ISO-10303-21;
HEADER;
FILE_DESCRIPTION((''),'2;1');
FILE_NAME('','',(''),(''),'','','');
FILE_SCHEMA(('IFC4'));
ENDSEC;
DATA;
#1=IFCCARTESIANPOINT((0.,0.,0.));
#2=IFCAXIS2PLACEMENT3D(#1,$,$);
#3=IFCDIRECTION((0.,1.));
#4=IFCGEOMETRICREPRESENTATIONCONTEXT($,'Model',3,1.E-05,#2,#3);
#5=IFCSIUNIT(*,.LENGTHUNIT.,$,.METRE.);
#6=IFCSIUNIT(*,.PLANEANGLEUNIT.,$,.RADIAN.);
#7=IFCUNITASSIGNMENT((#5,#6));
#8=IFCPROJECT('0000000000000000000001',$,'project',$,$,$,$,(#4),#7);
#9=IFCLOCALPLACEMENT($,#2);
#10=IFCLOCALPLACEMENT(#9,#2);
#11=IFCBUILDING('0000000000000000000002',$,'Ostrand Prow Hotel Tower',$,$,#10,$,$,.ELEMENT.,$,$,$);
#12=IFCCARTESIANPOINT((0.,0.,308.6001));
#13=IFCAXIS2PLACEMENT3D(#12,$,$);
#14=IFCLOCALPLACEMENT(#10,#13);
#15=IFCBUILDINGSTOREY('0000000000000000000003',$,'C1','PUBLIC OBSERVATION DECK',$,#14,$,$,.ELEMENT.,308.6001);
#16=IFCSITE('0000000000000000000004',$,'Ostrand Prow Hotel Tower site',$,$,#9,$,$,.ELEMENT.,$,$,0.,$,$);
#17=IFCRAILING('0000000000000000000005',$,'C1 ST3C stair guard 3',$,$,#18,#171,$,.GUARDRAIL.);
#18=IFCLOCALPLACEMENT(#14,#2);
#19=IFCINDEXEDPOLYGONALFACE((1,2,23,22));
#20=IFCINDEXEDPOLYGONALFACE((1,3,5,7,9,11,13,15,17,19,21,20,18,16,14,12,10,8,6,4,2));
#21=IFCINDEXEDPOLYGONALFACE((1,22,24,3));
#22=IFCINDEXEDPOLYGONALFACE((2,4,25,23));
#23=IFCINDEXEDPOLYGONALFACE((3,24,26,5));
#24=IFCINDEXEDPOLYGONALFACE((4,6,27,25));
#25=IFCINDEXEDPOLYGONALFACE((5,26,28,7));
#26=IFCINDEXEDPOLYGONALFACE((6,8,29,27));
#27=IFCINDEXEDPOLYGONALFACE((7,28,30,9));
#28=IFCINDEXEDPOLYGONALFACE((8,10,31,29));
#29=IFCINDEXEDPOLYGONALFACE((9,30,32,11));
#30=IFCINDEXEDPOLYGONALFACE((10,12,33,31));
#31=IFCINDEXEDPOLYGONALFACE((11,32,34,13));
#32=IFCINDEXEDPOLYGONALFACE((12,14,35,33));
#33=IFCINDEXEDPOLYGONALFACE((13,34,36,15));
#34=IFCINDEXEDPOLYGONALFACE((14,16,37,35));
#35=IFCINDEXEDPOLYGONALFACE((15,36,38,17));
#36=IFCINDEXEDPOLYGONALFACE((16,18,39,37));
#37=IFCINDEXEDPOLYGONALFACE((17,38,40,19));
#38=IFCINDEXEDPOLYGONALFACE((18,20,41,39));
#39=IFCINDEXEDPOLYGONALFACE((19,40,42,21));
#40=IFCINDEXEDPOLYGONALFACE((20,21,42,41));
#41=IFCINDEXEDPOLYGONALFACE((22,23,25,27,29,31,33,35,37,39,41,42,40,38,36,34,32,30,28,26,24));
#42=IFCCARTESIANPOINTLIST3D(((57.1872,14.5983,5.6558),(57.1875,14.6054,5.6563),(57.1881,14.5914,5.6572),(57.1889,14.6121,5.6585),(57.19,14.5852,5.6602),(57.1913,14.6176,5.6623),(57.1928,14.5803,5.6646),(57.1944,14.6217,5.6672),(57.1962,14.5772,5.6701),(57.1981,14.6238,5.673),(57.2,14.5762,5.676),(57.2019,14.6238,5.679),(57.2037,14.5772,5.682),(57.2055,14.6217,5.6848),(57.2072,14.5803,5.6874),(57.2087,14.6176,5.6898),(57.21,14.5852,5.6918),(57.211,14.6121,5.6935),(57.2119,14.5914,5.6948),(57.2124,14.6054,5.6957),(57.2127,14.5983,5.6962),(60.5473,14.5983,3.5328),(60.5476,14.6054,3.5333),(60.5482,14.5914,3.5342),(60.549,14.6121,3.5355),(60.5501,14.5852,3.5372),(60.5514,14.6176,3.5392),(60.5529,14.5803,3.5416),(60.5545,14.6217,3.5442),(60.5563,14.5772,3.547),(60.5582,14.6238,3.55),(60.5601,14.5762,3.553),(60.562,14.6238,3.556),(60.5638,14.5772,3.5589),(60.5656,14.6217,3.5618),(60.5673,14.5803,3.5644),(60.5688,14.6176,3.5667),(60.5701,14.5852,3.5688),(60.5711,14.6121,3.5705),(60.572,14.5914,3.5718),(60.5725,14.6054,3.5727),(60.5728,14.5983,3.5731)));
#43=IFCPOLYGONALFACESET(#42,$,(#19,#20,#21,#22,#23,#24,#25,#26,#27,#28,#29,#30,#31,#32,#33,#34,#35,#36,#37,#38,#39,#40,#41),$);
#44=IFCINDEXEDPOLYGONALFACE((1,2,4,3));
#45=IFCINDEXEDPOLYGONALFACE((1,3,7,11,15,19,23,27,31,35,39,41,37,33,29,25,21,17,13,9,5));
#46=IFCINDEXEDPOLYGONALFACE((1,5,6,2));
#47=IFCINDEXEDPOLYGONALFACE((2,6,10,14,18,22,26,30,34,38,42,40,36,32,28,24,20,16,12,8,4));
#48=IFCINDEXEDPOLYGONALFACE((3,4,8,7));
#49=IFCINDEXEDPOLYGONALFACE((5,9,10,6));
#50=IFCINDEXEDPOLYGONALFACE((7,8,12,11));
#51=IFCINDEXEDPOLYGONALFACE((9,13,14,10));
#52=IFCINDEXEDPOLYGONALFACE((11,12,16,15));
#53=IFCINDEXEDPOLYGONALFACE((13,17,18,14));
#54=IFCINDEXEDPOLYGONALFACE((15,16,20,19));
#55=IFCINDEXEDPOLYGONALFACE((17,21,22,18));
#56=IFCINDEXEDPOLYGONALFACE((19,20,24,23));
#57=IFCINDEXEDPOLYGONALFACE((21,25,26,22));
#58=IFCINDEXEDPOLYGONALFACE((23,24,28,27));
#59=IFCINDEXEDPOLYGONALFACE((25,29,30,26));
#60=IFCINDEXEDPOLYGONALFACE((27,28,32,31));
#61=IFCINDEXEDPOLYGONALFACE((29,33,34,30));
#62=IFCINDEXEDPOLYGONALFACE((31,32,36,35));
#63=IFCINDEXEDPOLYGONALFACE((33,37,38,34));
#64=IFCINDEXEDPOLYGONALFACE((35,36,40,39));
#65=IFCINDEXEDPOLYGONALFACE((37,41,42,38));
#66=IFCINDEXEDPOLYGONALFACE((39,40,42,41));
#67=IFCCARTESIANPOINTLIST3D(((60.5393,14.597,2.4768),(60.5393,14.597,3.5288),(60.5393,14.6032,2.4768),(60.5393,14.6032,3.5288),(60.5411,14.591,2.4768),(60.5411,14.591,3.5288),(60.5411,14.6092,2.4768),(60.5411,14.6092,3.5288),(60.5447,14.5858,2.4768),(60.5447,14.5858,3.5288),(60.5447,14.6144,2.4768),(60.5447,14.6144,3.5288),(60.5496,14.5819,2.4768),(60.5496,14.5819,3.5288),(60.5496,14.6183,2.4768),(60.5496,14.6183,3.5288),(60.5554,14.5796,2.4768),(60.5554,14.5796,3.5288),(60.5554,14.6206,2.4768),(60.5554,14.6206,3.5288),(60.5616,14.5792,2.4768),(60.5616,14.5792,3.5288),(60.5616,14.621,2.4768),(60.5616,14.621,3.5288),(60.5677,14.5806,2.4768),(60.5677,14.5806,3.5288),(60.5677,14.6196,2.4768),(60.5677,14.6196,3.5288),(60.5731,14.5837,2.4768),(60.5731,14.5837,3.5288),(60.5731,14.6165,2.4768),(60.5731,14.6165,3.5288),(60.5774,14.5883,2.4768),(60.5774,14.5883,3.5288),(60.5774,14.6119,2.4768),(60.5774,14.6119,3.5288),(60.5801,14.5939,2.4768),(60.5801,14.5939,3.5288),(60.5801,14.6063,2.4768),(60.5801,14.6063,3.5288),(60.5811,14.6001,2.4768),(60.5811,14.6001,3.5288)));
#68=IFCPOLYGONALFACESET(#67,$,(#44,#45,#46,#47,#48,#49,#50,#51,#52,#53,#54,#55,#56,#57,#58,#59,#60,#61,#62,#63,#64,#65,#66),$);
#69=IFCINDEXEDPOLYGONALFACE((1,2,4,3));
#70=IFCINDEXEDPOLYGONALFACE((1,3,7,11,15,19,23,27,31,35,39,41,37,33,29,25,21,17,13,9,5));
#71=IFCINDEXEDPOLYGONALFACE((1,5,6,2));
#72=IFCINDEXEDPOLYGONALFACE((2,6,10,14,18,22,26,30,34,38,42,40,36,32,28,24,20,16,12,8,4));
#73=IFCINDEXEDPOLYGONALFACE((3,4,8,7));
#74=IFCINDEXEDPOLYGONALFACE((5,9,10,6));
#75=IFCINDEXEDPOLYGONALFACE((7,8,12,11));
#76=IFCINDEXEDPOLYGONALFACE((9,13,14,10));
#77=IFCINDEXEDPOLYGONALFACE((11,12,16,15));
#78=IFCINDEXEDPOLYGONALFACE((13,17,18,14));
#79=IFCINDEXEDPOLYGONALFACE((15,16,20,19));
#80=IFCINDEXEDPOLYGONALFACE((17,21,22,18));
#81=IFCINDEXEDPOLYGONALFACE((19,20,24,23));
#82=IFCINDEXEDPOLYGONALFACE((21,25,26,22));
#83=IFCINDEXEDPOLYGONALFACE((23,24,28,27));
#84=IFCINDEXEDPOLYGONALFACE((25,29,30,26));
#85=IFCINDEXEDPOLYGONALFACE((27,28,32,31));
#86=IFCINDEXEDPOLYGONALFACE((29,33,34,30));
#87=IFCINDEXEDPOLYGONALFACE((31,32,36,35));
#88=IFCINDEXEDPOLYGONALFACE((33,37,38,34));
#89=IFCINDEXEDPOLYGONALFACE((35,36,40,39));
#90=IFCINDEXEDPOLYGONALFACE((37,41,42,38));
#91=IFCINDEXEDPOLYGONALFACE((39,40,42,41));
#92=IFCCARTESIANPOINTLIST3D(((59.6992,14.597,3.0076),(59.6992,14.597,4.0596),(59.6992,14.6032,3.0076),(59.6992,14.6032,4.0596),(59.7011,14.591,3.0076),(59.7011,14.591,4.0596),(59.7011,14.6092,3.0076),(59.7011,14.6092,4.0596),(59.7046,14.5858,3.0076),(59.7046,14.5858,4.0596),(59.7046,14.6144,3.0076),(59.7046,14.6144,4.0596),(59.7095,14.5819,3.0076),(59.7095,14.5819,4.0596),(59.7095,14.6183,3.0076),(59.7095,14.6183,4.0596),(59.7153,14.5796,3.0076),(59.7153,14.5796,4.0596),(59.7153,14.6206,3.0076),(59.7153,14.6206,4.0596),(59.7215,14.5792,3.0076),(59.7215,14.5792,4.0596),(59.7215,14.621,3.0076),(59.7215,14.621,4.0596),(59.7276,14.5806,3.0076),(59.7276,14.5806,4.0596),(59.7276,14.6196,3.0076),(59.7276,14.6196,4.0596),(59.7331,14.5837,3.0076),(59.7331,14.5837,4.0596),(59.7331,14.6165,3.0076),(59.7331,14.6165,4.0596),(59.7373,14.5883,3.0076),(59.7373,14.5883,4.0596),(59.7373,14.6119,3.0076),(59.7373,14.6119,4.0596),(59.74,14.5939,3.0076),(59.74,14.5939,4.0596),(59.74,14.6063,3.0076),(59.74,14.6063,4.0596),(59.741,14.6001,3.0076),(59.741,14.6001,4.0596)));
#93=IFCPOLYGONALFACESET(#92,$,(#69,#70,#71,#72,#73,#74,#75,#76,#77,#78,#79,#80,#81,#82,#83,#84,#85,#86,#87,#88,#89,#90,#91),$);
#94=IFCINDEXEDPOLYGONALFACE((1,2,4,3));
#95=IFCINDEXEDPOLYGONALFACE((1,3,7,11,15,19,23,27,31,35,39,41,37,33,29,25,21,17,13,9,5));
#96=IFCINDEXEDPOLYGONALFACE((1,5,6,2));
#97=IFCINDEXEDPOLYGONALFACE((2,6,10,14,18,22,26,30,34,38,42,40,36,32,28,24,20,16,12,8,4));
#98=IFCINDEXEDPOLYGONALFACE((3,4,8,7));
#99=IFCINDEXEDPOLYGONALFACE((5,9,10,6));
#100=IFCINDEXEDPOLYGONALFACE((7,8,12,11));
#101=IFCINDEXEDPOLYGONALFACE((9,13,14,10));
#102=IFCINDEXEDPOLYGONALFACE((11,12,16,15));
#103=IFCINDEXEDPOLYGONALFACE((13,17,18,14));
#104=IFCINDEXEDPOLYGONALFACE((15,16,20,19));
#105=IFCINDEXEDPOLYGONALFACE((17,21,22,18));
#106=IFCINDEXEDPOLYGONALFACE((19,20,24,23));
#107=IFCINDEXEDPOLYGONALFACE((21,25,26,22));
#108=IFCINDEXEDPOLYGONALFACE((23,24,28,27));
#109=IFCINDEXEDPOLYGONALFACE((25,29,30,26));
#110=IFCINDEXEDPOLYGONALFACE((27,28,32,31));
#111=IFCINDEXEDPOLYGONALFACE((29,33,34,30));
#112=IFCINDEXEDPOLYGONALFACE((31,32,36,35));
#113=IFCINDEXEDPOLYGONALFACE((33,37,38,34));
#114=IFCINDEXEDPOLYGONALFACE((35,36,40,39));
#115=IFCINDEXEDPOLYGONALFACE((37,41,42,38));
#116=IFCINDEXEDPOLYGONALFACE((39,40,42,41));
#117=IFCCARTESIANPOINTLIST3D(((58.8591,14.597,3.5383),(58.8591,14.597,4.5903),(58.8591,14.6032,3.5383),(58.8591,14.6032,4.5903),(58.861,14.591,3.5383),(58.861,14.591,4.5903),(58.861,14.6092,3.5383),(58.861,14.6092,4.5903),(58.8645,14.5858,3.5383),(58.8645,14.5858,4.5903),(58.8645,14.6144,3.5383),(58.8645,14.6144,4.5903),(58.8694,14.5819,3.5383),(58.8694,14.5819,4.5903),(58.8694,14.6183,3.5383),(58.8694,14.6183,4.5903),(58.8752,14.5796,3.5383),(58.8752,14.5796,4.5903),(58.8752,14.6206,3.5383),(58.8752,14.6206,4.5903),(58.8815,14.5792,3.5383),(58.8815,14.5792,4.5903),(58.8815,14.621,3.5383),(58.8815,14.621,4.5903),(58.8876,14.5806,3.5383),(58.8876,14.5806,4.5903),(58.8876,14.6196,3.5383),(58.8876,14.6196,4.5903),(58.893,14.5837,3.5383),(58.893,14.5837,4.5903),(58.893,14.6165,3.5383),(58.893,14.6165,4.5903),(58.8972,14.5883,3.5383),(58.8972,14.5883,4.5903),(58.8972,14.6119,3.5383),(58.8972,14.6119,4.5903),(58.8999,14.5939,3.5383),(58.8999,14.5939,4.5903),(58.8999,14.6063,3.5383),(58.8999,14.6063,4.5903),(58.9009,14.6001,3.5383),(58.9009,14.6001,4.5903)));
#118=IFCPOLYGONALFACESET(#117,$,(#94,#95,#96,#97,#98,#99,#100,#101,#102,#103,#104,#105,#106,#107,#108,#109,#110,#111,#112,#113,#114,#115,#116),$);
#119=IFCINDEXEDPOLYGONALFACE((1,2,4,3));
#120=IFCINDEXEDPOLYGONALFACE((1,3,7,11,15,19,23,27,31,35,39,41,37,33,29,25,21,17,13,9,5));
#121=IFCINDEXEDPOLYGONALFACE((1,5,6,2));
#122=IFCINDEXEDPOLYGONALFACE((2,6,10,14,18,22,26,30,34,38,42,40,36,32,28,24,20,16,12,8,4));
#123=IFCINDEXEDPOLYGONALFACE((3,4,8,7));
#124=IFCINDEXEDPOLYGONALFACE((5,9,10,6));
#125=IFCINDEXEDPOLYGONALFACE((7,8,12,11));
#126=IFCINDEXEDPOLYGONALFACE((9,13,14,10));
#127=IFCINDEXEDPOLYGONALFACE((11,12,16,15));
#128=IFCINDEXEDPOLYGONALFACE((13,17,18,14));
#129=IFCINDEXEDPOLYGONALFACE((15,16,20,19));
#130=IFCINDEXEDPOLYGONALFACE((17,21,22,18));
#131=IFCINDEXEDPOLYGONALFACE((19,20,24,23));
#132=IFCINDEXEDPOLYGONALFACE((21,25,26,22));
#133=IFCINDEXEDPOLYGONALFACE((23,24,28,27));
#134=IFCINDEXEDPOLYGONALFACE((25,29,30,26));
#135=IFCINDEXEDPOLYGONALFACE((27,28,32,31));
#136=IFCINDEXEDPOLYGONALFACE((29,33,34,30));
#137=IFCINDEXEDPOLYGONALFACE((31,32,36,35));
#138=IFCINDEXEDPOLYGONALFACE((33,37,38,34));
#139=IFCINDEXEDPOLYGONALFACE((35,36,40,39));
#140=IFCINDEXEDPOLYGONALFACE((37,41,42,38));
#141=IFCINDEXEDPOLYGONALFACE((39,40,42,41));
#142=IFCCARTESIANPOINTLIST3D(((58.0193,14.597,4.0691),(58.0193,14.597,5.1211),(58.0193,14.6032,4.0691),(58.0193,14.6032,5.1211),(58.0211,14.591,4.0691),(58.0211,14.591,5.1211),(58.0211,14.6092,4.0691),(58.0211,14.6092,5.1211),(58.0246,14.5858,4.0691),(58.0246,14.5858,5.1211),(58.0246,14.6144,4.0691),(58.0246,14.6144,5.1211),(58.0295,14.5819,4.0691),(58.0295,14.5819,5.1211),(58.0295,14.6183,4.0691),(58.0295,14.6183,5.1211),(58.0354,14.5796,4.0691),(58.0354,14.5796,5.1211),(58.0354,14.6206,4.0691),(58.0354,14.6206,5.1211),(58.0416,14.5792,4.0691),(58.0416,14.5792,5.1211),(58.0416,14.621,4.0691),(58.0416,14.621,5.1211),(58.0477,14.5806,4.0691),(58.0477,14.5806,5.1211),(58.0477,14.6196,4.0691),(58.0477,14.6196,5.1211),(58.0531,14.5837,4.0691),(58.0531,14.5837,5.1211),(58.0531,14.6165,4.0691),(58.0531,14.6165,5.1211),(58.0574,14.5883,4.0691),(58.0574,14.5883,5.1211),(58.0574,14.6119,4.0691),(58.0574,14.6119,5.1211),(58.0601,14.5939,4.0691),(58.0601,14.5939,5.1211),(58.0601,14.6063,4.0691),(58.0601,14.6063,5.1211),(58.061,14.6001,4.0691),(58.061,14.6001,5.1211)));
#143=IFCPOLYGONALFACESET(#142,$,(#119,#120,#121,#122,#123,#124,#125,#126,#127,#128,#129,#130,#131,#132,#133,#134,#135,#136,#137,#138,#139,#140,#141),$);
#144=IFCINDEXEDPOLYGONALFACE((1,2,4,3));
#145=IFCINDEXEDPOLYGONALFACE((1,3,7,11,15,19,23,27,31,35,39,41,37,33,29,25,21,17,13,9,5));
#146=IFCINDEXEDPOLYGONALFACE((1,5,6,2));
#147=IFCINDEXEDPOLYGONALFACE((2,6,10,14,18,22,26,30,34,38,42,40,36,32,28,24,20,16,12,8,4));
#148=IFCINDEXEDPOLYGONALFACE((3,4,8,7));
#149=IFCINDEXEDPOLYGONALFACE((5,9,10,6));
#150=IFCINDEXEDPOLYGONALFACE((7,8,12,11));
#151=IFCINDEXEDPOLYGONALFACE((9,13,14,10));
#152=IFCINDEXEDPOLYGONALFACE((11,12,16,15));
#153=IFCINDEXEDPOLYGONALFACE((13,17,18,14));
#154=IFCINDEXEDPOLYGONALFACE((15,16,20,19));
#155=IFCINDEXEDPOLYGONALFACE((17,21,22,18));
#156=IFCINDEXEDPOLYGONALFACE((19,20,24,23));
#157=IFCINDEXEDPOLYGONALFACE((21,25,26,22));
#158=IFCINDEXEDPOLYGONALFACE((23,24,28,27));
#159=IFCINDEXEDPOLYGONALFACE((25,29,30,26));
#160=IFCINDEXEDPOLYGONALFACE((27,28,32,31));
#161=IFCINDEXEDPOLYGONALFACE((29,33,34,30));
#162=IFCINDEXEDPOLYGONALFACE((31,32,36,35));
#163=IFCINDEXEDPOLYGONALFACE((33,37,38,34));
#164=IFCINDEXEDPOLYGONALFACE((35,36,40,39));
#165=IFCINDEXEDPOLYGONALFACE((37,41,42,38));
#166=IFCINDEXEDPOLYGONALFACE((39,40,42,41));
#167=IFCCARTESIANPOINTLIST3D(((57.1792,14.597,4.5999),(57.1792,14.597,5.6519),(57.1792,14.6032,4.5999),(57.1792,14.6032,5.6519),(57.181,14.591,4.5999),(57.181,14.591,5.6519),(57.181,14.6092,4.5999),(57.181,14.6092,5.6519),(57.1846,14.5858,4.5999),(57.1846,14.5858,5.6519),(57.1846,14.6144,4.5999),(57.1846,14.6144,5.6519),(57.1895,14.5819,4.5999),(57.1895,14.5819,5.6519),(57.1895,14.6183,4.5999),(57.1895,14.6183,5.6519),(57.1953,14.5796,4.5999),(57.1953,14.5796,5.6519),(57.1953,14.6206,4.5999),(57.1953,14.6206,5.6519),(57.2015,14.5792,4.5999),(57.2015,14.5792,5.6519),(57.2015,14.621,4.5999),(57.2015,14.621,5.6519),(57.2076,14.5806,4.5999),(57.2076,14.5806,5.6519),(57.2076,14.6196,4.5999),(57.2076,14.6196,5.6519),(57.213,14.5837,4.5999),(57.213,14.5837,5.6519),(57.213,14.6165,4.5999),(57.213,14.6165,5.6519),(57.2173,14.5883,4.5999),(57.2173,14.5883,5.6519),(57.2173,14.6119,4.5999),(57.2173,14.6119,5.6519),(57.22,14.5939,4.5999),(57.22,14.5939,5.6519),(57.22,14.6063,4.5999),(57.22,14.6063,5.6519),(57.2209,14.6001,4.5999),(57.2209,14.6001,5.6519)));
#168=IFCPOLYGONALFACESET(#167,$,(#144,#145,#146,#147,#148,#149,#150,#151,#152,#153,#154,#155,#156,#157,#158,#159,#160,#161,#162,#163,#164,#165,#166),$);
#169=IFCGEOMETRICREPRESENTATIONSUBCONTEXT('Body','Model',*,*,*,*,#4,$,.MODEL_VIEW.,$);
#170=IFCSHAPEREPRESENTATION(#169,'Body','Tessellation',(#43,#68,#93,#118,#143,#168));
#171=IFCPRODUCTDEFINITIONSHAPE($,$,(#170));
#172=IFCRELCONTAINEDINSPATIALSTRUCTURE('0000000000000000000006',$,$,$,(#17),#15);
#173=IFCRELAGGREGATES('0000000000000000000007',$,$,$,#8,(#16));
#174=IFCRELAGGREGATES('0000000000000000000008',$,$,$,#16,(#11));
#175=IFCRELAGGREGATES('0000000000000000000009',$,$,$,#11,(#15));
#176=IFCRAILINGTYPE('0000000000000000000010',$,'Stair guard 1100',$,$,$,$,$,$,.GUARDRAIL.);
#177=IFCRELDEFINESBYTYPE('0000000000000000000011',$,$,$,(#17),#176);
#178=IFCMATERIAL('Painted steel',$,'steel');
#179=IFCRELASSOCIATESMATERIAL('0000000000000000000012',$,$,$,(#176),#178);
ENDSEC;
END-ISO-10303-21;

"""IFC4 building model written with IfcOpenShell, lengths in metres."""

from ifc_helpers import new_model, si_unit, direction, frame, origin, origin_2d, place, context, subcontext, project, spatial, circle, extrude, material, type_object, element, save


model = new_model("IFC4")

# Units and contexts
model_context = context("Model", 3, precision=1e-05, world=origin(), true_north=direction((0.0, 1.0)))
body_context = subcontext(model_context, "Body", "Model", "MODEL_VIEW")
ifc_project = project(units=[si_unit("LENGTHUNIT", "METRE"), si_unit("PLANEANGLEUNIT", "RADIAN")], contexts=[model_context])

# Site, building, storey
site_placement = place(None, origin())
site = spatial("IfcSite", under=ifc_project, at=site_placement, Name="Ostrand Prow Hotel Tower site", CompositionType="ELEMENT", RefElevation=0.0)
building_placement = place(site_placement, origin())
building = spatial("IfcBuilding", under=site, at=building_placement, Name="Ostrand Prow Hotel Tower", CompositionType="ELEMENT")
storey_placement = place(building_placement, frame((0.0, 0.0, 308.6001)))
storey = spatial("IfcBuildingStorey", under=building, at=storey_placement, Name="C1", Description="PUBLIC OBSERVATION DECK", CompositionType="ELEMENT", Elevation=308.6001)

# Railing
ifc_material_1 = material(Name="Painted steel", Category="steel")
railing_type_1 = type_object("IfcRailingType", Name="Stair guard 1100", PredefinedType="GUARDRAIL", material=ifc_material_1)
railing_1_placement = place(storey_placement, frame((60.5601, 14.6001, 2.4768)))
element("IfcRailing", 1, at=railing_1_placement, inside=storey, type_object=railing_type_1, Name="C1 ST3C stair guard 3", PredefinedType="GUARDRAIL", context=body_context, shape_type="SweptSolid", body=[
    extrude(circle(Radius=0.0239, at=origin_2d()), frame((0.0, 0.0, 1.0762), z_axis=(-0.84539, 0.0, 0.53415), x_axis=(0.0, -1.0, 0.0)), (0.0, 0.0, 1.0), 3.9746),
    extrude(circle(Radius=0.021, at=origin_2d()), origin(), (0.0, 0.0, 1.0), 1.052),
    extrude(circle(Radius=0.021, at=origin_2d()), frame((-0.8401, 0.0, 0.5308)), (0.0, 0.0, 1.0), 1.052),
    extrude(circle(Radius=0.021, at=origin_2d()), frame((-1.6802, 0.0, 1.0615)), (0.0, 0.0, 1.0), 1.052),
    extrude(circle(Radius=0.021, at=origin_2d()), frame((-2.52, 0.0, 1.5923)), (0.0, 0.0, 1.0), 1.052),
    extrude(circle(Radius=0.021, at=origin_2d()), frame((-3.3601, 0.0, 2.123)), (0.0, 0.0, 1.0), 1.052),
])

save(model, "model.ifc")
